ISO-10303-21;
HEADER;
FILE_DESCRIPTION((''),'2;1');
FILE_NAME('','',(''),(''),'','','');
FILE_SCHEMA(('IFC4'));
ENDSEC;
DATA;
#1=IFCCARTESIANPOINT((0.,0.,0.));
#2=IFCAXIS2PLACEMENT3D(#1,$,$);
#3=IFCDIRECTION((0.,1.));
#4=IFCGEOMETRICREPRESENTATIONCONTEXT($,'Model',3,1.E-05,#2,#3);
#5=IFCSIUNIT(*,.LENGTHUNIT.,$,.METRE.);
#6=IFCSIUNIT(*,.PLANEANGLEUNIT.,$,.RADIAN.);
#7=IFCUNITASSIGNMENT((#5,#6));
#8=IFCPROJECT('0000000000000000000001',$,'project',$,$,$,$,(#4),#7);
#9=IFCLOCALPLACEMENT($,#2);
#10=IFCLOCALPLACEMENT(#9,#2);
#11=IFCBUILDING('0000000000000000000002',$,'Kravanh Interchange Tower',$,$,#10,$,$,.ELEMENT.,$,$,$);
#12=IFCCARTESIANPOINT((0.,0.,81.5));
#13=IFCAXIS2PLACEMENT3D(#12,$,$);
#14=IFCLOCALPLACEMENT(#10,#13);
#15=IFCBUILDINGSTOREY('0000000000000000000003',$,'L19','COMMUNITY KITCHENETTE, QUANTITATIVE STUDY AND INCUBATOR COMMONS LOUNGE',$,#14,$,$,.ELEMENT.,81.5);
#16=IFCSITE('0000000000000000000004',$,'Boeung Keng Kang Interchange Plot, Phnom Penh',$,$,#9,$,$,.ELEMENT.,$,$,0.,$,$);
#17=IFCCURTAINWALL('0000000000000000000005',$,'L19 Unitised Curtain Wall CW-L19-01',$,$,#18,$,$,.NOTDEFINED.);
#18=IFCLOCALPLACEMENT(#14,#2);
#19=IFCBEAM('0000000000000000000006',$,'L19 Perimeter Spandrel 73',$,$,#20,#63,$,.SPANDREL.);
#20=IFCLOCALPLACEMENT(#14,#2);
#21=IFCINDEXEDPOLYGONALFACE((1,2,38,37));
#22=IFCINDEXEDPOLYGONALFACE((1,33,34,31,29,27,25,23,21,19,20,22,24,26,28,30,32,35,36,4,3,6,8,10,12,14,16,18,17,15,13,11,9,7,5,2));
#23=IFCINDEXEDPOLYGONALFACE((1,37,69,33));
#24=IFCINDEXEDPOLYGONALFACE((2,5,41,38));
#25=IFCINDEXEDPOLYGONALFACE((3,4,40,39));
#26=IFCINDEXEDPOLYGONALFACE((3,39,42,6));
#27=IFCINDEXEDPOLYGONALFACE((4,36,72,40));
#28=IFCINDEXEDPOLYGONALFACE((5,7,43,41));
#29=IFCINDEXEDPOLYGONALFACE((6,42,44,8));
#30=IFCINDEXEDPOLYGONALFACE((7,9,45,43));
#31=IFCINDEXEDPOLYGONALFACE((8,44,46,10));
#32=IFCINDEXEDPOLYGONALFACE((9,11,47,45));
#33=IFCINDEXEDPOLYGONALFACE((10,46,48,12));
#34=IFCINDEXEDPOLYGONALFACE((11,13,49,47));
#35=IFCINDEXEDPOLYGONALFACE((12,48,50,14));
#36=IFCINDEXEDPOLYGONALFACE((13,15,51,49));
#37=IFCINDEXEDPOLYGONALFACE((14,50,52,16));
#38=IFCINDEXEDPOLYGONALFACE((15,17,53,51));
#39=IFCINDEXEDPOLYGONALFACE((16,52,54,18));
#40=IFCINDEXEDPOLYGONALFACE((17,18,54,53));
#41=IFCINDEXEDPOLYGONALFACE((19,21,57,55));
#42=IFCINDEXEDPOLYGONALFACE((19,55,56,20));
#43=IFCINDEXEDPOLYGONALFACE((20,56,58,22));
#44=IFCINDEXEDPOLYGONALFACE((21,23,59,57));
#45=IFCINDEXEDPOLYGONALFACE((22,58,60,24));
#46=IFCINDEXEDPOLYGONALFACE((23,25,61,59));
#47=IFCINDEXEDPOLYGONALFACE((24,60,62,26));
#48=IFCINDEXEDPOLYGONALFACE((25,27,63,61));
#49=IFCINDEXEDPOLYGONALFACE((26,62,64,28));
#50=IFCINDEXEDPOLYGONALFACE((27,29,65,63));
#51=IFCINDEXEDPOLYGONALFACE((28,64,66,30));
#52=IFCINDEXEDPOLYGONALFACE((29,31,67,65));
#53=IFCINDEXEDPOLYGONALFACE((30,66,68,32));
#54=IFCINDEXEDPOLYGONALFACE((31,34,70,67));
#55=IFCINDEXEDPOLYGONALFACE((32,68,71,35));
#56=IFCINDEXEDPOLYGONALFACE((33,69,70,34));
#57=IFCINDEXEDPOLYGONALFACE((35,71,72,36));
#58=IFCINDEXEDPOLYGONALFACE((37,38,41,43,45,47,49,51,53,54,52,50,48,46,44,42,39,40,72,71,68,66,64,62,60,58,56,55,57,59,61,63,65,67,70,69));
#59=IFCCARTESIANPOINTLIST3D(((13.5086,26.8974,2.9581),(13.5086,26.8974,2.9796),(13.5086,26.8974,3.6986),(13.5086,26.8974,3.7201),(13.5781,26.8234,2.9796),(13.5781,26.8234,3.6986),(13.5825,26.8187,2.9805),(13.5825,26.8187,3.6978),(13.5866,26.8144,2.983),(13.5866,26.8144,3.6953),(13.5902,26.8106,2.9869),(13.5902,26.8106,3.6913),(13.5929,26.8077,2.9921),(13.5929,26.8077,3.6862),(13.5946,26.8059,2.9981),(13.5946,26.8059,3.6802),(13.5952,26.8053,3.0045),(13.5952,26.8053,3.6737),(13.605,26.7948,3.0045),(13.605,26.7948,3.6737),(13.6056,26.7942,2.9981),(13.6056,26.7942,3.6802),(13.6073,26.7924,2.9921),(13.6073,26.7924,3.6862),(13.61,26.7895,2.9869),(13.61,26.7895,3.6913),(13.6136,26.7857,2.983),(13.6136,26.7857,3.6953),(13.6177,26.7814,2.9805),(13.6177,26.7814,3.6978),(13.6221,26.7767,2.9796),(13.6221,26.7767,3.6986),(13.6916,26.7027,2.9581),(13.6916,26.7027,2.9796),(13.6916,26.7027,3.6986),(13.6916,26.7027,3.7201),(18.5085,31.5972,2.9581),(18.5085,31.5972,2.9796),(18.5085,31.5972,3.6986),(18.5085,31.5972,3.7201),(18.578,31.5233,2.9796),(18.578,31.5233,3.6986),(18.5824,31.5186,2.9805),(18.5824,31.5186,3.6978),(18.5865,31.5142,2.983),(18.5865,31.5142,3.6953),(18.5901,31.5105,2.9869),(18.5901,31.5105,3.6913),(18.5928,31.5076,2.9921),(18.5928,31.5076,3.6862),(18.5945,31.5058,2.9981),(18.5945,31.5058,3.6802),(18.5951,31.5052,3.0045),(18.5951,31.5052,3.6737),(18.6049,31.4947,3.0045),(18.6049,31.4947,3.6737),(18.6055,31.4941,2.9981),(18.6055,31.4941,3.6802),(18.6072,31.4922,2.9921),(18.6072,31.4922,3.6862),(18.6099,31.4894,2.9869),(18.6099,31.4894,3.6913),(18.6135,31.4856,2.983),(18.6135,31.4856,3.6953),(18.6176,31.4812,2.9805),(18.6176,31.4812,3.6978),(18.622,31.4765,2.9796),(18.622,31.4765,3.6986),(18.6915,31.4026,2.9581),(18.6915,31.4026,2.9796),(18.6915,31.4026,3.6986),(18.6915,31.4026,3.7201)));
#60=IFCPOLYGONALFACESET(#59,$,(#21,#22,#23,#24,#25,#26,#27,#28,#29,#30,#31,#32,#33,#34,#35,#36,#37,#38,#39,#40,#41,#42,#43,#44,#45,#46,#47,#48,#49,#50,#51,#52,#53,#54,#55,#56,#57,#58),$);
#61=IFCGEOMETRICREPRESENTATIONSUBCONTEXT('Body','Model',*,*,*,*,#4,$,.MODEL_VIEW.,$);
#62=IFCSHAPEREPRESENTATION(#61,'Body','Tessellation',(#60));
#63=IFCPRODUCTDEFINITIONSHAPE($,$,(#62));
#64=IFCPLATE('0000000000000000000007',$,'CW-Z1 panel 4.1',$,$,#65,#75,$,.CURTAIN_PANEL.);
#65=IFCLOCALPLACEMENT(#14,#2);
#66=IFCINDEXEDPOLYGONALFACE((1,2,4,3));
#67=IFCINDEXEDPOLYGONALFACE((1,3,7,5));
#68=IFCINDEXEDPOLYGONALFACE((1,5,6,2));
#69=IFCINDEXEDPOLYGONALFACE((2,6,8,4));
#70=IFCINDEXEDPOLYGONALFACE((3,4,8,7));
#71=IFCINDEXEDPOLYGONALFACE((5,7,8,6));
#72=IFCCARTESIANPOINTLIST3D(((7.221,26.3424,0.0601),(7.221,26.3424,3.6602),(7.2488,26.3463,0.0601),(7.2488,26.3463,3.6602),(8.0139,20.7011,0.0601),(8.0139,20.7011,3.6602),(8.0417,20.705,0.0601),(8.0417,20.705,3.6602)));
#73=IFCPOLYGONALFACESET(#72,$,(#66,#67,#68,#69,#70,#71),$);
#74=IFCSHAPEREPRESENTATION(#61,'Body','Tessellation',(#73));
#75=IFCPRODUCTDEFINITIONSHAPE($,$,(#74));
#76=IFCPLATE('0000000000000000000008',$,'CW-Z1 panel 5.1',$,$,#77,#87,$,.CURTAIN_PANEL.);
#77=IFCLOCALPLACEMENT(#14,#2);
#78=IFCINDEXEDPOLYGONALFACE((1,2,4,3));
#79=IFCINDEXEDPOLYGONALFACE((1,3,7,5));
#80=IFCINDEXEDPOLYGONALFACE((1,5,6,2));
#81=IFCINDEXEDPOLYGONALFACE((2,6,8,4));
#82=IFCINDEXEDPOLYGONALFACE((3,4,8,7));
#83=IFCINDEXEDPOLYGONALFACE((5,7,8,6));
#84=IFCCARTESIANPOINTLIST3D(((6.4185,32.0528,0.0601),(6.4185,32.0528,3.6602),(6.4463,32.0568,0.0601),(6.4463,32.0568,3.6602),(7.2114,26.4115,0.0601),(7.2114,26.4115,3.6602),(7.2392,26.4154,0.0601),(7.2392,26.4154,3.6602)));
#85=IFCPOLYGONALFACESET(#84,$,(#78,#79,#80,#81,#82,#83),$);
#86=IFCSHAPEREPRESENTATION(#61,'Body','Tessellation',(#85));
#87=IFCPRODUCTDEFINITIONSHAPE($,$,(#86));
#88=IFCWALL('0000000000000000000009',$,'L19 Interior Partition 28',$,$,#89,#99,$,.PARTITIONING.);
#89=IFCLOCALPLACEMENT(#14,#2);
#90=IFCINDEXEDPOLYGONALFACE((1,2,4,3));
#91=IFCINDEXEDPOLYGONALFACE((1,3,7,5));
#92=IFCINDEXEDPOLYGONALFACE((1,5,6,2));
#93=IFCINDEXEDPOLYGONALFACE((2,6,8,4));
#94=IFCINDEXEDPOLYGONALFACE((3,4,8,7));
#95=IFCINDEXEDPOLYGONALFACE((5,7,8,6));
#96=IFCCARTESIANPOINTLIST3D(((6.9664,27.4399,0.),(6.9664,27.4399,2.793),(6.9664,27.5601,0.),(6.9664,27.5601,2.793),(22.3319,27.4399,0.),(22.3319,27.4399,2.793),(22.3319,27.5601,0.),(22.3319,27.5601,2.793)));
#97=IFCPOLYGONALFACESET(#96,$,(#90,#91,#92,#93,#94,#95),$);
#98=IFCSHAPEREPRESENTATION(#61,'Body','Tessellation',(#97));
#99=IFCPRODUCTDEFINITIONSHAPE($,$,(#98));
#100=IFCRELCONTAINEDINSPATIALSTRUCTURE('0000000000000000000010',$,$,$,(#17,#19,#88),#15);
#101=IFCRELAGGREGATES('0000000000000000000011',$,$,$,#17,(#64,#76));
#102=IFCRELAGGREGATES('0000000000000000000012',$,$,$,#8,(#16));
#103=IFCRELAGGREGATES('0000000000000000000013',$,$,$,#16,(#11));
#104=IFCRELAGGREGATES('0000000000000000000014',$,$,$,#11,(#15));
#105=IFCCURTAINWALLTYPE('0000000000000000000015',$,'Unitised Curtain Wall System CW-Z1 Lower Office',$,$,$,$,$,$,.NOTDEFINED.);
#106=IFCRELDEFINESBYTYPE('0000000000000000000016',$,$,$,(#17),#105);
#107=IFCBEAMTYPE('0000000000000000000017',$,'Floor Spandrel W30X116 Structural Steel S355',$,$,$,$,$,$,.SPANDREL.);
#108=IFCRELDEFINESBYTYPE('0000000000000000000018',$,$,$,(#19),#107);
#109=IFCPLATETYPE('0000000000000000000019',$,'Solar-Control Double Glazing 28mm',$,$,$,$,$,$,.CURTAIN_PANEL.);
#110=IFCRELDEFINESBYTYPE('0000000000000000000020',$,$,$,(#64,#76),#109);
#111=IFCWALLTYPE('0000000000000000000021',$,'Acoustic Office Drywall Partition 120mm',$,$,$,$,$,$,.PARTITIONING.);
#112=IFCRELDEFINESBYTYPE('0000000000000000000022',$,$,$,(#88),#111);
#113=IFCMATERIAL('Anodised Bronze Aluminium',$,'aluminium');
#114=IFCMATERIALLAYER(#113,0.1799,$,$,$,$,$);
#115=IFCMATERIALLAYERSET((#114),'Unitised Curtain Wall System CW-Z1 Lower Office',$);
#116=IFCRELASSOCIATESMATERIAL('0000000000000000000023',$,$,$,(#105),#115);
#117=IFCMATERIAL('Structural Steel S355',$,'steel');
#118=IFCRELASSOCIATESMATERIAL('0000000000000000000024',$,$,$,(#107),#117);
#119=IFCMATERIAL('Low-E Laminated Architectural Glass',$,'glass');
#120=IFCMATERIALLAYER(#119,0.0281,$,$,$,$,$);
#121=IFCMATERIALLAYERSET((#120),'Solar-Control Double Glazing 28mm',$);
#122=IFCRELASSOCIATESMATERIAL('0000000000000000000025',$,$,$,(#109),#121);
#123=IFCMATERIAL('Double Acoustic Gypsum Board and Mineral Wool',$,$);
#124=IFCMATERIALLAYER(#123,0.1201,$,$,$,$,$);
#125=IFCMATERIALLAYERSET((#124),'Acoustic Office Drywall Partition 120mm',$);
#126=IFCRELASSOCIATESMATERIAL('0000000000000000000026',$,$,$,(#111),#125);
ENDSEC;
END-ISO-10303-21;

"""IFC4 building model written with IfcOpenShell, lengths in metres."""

from ifc_helpers import new_model, si_unit, direction, frame, frame_2d, origin, origin_2d, place, context, subcontext, project, spatial, rectangle, i_section, extrude, material, layer, layer_set, material_profile, profile_set, type_object, element, aggregate, save


model = new_model("IFC4")

# Units and contexts
model_context = context("Model", 3, precision=1e-05, world=origin(), true_north=direction((0.0, 1.0)))
body_context = subcontext(model_context, "Body", "Model", "MODEL_VIEW")
ifc_project = project(units=[si_unit("LENGTHUNIT", "METRE"), si_unit("PLANEANGLEUNIT", "RADIAN")], contexts=[model_context])

# Site, building, storey
site_placement = place(None, origin())
site = spatial("IfcSite", under=ifc_project, at=site_placement, Name="Boeung Keng Kang Interchange Plot, Phnom Penh", CompositionType="ELEMENT", RefElevation=0.0)
building_placement = place(site_placement, origin())
building = spatial("IfcBuilding", under=site, at=building_placement, Name="Kravanh Interchange Tower", CompositionType="ELEMENT")
storey_placement = place(building_placement, frame((0.0, 0.0, 81.5)))
storey = spatial("IfcBuildingStorey", under=building, at=storey_placement, Name="L19", Description="COMMUNITY KITCHENETTE, QUANTITATIVE STUDY AND INCUBATOR COMMONS LOUNGE", CompositionType="ELEMENT", Elevation=81.5)

# Curtain wall
ifc_material_1 = material(Name="Anodised Bronze Aluminium", Category="aluminium")
ifc_layer_1 = layer(ifc_material_1, 0.1799)
ifc_layer_set_1 = layer_set([ifc_layer_1], Name="Unitised Curtain Wall System CW-Z1 Lower Office")
curtain_wall_type = type_object("IfcCurtainWallType", Name="Unitised Curtain Wall System CW-Z1 Lower Office", PredefinedType="NOTDEFINED", material=ifc_layer_set_1)
curtain_wall_placement = place(storey_placement, origin())
curtain_wall = element("IfcCurtainWall", 1, at=curtain_wall_placement, inside=storey, type_object=curtain_wall_type, Name="L19 Unitised Curtain Wall CW-L19-01", PredefinedType="NOTDEFINED")

# Beam
ifc_material_2 = material(Name="Structural Steel S355", Category="steel")
ifc_material_profile_1 = material_profile(ifc_material_2, i_section(OverallWidth=0.2671, OverallDepth=0.762, WebThickness=0.0144, FlangeThickness=0.0215, FilletRadius=0.0249, at=origin_2d()), Name="W30X116")
ifc_profile_set_1 = profile_set([ifc_material_profile_1], Name="Structural Steel S355")
beam_type_1 = type_object("IfcBeamType", Name="Floor Spandrel W30X116 Structural Steel S355", PredefinedType="SPANDREL", material=ifc_profile_set_1)
for number, where, z_axis, x_axis, name in (
    (2, (13.6001, 26.8, 3.3391), (0.728631, 0.684906, 0.0), (-0.684906, 0.728631, 0.0), "L19 Perimeter Spandrel 73"),
):
    element("IfcBeam", number, at=place(storey_placement, frame(where, z_axis=z_axis, x_axis=x_axis)), inside=storey, type_object=beam_type_1, Name=name, PredefinedType="SPANDREL", context=body_context, shape_type="SweptSolid", body=[
        extrude(i_section(OverallWidth=0.2671, OverallDepth=0.762, WebThickness=0.0144, FlangeThickness=0.0215, FilletRadius=0.0249, at=origin_2d()), origin(), (0.0, 0.0, 1.0), 6.8621),
    ])

# Plates
ifc_material_3 = material(Name="Low-E Laminated Architectural Glass", Category="glass")
ifc_layer_2 = layer(ifc_material_3, 0.0281)
ifc_layer_set_2 = layer_set([ifc_layer_2], Name="Solar-Control Double Glazing 28mm")
plate_type = type_object("IfcPlateType", Name="Solar-Control Double Glazing 28mm", PredefinedType="CURTAIN_PANEL", material=ifc_layer_set_2)
plate_1_placement = place(storey_placement, frame((7.6313, 23.5237, 0.0601), z_axis=(0.0, 0.0, 1.0), x_axis=(-0.139177, 0.990268, 0.0)))
plate_1 = element("IfcPlate", 3, at=plate_1_placement, type_object=plate_type, Name="CW-Z1 panel 4.1", PredefinedType="CURTAIN_PANEL", context=body_context, shape_type="SweptSolid", body=[
    extrude(rectangle(XDim=5.6968, YDim=0.0281, at=origin_2d()), origin(), (0.0, 0.0, 1.0), 3.6001),
])
plate_2_placement = place(storey_placement, frame((6.8289, 29.2341, 0.0601), z_axis=(0.0, 0.0, 1.0), x_axis=(-0.139177, 0.990268, 0.0)))
plate_2 = element("IfcPlate", 4, at=plate_2_placement, type_object=plate_type, Name="CW-Z1 panel 5.1", PredefinedType="CURTAIN_PANEL", context=body_context, shape_type="SweptSolid", body=[
    extrude(rectangle(XDim=5.6968, YDim=0.0281, at=origin_2d()), origin(), (0.0, 0.0, 1.0), 3.6001),
])
aggregate(curtain_wall, [plate_1, plate_2])

# Wall
ifc_material_4 = material(Name="Double Acoustic Gypsum Board and Mineral Wool")
ifc_layer_3 = layer(ifc_material_4, 0.1201)
ifc_layer_set_3 = layer_set([ifc_layer_3], Name="Acoustic Office Drywall Partition 120mm")
wall_type = type_object("IfcWallType", Name="Acoustic Office Drywall Partition 120mm", PredefinedType="PARTITIONING", material=ifc_layer_set_3)
wall_placement = place(storey_placement, frame((6.9666, 27.5, 0.0), z_axis=(0.0, 0.0, 1.0), x_axis=(1.0, 0.0, 0.0)))
element("IfcWall", 5, at=wall_placement, inside=storey, type_object=wall_type, Name="L19 Interior Partition 28", PredefinedType="PARTITIONING", context=body_context, shape_type="SweptSolid", body=[
    extrude(rectangle(XDim=15.3655, YDim=0.1201, at=frame_2d((7.6826, 0.0))), origin(), (0.0, 0.0, 1.0), 2.793),
])

save(model, "model.ifc")
